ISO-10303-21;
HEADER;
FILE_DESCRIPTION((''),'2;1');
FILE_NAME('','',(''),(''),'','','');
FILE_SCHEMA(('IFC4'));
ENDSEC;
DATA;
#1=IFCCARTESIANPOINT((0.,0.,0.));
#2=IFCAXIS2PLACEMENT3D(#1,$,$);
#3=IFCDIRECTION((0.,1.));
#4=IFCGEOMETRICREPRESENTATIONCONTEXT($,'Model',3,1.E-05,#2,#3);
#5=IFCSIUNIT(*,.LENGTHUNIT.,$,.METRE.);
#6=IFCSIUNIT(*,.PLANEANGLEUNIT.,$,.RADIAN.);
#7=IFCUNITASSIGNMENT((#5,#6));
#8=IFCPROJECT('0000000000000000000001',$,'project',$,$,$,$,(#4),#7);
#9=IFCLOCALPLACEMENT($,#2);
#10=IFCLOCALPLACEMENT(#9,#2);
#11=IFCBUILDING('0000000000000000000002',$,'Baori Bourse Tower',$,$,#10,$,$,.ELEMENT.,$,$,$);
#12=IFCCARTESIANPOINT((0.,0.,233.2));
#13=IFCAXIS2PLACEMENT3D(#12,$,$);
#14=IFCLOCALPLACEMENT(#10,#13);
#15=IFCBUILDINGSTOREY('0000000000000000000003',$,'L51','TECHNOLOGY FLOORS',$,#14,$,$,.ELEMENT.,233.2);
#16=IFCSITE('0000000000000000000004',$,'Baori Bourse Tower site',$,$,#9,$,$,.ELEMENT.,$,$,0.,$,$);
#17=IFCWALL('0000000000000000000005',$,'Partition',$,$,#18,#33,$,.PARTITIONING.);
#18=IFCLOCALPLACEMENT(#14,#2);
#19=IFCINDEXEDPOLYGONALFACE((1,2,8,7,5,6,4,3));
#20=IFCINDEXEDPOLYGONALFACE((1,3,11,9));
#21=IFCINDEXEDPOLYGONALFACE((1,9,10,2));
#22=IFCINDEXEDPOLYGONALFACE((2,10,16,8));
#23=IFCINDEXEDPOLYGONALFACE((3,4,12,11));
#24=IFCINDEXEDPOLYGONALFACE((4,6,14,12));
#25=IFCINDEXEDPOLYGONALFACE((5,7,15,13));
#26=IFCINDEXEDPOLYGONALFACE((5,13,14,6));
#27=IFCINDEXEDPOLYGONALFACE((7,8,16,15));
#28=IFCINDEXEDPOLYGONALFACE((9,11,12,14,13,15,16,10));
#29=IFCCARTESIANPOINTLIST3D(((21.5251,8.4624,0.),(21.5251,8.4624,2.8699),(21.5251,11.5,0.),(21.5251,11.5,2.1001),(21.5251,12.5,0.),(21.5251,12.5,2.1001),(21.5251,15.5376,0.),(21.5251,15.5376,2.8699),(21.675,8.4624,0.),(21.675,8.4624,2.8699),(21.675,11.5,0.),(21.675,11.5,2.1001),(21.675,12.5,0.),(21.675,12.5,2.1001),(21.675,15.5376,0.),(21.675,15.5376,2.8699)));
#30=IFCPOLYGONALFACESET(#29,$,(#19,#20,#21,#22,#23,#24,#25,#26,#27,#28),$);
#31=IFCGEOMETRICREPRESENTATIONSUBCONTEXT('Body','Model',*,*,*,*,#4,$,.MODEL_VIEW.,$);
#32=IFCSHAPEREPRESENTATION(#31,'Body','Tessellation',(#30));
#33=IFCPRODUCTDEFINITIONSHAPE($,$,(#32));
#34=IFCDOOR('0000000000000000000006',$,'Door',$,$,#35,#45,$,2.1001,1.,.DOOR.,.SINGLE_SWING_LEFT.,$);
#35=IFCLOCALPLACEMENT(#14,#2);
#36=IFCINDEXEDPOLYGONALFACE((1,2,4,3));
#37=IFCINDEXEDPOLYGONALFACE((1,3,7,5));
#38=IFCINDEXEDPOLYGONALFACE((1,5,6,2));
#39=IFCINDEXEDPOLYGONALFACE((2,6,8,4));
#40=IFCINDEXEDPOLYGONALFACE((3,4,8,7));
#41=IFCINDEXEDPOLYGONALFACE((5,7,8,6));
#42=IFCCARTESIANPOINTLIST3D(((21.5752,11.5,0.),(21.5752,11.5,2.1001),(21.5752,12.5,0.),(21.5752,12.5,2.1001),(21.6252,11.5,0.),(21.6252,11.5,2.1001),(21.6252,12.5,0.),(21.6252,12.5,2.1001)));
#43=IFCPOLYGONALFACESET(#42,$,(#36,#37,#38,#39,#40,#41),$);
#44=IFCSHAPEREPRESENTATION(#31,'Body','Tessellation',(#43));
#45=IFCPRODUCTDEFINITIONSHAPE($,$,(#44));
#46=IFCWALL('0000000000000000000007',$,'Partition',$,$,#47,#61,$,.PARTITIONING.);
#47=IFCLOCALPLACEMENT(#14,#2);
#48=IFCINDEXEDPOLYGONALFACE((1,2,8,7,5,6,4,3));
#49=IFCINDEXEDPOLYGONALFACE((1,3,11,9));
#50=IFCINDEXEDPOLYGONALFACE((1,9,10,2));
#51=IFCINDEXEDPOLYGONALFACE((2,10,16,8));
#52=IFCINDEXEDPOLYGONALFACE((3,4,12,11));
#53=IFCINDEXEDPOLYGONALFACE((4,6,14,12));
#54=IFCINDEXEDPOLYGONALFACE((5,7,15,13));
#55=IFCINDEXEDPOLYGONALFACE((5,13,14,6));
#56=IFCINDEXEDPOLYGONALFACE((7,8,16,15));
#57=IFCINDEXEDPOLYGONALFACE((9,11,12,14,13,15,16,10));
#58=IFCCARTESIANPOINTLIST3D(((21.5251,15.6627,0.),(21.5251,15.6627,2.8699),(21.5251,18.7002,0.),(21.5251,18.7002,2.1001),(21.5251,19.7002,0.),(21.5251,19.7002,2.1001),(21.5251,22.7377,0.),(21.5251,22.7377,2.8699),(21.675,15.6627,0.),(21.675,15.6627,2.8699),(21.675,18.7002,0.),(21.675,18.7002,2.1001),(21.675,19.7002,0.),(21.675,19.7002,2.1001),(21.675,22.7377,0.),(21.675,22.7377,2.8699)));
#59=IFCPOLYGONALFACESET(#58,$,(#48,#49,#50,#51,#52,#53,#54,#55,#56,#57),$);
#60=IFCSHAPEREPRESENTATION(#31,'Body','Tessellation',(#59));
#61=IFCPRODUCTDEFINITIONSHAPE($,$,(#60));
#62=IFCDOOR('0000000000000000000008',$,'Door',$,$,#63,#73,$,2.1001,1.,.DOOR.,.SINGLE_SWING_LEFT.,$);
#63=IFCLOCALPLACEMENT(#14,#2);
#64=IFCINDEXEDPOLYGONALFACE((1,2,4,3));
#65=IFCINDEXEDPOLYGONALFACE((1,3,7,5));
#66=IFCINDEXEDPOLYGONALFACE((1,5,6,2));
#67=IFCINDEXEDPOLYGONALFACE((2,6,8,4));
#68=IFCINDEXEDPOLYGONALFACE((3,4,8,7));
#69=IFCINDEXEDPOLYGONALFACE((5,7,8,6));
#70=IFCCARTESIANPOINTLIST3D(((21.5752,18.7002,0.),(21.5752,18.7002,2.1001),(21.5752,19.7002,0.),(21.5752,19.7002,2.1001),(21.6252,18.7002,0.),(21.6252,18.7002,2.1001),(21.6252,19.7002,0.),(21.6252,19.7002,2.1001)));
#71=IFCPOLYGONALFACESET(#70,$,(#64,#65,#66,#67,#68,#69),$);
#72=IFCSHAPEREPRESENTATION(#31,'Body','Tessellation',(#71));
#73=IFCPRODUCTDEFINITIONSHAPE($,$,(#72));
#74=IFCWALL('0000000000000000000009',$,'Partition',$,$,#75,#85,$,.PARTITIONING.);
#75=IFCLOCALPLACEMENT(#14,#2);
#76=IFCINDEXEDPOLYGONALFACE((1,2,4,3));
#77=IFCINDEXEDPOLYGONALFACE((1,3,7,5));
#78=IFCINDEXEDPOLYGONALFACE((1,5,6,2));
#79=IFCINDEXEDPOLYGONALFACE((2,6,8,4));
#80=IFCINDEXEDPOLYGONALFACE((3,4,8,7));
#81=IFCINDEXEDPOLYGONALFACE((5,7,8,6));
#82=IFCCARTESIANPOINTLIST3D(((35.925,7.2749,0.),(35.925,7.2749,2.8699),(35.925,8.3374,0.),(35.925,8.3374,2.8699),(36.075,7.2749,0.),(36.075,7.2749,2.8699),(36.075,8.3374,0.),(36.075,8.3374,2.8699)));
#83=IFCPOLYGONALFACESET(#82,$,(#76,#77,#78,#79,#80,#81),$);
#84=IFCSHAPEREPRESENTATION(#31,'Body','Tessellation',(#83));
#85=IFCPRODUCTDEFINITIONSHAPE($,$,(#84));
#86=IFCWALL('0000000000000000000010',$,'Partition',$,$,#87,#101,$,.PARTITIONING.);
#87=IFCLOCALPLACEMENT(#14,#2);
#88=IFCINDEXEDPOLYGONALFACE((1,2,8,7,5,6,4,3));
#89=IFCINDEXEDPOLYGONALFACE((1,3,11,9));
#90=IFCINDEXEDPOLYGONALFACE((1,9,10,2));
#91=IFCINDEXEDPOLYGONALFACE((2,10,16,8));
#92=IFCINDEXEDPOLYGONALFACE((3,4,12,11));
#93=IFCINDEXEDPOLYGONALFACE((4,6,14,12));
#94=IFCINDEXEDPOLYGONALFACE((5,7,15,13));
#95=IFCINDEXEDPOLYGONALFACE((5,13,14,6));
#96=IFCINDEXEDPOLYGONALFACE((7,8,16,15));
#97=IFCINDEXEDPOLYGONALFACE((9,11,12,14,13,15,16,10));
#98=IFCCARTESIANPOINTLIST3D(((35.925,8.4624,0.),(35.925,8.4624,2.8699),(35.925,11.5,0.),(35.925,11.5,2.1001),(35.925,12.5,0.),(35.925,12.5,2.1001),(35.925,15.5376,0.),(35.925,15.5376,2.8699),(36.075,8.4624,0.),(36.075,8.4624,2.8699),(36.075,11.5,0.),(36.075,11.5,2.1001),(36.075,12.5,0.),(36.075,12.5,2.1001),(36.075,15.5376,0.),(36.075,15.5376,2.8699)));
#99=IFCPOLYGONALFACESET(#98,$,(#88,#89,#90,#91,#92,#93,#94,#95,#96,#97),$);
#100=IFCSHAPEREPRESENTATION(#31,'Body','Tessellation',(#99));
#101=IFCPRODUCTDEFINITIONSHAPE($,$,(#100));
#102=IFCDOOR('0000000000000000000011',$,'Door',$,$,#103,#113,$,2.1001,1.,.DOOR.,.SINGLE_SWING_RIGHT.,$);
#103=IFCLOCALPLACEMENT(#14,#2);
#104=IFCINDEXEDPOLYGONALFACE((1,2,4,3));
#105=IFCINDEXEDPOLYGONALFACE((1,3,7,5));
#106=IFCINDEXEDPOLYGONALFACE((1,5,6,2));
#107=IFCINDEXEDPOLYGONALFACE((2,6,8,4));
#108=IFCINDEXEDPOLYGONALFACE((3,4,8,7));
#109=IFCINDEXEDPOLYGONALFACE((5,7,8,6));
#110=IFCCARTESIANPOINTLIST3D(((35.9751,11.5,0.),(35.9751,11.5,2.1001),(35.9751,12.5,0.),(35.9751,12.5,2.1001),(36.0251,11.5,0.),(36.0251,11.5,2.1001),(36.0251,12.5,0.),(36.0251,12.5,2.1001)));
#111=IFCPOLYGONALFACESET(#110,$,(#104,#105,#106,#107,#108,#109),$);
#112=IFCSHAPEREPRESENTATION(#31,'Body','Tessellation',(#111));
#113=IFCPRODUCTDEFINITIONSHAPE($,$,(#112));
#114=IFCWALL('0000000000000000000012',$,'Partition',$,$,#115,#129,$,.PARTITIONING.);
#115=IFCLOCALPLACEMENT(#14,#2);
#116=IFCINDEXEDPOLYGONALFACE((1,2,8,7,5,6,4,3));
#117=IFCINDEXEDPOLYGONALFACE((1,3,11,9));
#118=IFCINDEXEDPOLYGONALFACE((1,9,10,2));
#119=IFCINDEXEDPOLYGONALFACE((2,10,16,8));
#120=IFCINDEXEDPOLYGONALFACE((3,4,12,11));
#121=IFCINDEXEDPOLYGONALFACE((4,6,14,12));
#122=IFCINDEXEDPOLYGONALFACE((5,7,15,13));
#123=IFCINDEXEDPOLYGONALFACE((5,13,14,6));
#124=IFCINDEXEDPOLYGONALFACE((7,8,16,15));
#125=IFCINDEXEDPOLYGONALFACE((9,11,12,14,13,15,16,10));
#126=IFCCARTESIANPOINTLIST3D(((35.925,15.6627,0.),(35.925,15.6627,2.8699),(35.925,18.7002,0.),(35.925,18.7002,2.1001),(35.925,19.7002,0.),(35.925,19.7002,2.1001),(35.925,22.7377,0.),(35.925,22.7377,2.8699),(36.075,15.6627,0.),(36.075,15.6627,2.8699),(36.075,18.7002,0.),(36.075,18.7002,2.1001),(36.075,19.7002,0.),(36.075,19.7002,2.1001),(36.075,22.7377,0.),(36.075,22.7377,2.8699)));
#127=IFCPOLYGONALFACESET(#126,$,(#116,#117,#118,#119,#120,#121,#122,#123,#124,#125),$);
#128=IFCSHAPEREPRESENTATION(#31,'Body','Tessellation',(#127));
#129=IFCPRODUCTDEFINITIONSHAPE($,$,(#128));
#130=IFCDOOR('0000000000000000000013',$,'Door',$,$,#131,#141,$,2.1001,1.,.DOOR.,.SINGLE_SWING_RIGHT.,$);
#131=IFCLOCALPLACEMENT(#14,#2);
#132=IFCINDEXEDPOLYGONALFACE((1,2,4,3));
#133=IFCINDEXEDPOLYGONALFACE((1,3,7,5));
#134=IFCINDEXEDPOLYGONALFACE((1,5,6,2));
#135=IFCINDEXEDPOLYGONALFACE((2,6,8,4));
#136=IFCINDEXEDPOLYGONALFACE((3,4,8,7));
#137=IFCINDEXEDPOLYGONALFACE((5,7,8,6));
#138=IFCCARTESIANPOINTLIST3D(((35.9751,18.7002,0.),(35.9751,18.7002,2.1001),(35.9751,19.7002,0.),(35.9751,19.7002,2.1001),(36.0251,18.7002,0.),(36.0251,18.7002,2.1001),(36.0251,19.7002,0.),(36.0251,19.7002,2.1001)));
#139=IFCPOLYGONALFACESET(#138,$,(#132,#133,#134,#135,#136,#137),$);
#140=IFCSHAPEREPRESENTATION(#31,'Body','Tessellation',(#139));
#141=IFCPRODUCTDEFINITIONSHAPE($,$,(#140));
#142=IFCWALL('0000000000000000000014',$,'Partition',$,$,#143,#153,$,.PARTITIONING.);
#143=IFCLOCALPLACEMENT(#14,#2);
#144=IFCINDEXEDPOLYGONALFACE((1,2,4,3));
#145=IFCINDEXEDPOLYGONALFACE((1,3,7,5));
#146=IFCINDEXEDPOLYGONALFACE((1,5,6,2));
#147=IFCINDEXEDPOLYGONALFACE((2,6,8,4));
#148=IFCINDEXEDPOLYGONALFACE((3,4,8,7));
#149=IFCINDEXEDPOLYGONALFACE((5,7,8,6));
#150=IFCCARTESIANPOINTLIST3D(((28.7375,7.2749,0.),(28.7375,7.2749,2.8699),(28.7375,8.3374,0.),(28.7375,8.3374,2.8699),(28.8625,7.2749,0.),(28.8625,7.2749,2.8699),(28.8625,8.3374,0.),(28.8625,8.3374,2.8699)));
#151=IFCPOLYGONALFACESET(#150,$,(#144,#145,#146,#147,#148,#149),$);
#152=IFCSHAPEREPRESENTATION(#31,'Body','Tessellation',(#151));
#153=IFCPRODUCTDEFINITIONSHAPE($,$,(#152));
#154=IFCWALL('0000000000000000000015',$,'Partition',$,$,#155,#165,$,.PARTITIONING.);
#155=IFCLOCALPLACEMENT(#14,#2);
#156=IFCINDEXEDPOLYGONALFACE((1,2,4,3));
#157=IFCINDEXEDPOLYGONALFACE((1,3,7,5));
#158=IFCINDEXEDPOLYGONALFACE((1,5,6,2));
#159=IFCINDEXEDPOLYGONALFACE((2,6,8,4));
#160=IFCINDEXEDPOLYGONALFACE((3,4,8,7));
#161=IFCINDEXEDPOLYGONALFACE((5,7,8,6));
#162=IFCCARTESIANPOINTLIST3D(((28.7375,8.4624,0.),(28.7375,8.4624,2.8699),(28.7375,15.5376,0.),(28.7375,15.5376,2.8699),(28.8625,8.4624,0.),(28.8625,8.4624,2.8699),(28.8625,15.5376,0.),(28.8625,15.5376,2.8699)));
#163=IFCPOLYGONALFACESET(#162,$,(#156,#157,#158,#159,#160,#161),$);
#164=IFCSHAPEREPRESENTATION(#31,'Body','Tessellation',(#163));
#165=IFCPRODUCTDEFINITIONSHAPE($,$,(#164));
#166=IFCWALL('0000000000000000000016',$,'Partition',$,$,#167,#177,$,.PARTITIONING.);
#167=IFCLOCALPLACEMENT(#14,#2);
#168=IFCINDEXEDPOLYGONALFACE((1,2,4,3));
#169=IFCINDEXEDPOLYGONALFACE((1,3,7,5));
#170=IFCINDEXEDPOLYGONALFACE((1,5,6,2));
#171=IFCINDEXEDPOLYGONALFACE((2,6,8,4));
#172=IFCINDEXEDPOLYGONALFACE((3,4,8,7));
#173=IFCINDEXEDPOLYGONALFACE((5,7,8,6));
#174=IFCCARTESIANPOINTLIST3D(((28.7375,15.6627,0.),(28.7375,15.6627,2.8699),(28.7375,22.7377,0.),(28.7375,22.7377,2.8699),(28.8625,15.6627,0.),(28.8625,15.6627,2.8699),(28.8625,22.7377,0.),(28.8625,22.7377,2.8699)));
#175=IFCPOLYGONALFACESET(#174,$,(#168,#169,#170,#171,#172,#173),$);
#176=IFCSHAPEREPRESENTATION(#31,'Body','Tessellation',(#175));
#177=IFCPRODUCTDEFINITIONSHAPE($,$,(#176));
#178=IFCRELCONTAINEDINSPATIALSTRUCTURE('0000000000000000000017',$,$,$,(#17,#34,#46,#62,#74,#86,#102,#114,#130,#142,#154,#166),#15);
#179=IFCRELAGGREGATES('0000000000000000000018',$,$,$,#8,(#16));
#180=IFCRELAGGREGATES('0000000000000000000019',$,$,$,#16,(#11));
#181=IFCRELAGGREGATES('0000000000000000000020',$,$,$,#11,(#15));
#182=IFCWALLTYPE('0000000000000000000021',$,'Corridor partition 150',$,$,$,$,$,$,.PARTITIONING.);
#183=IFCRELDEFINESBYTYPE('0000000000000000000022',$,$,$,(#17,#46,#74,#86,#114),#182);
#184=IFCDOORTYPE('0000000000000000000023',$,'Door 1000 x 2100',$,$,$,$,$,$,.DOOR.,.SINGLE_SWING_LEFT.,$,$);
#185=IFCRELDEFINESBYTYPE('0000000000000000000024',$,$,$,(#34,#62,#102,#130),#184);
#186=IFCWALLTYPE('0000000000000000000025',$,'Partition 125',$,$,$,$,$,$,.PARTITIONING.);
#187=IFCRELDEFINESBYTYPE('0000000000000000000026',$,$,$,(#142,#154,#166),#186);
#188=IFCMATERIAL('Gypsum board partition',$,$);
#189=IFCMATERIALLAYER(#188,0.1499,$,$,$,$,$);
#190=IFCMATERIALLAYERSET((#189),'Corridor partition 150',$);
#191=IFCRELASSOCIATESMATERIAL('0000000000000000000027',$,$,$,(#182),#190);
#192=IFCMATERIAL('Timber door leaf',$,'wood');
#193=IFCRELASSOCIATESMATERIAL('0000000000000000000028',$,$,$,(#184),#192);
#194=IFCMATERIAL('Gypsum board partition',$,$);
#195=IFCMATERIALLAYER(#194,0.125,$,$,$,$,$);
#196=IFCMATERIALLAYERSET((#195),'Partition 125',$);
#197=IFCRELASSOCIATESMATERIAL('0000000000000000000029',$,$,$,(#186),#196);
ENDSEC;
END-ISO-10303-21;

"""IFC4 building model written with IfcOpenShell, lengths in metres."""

from ifc_helpers import new_model, si_unit, direction, frame, frame_2d, origin, place, context, subcontext, project, spatial, rectangle, extrude, material, layer, layer_set, type_object, element, fill, save


model = new_model("IFC4")

# Units and contexts
model_context = context("Model", 3, precision=1e-05, world=origin(), true_north=direction((0.0, 1.0)))
body_context = subcontext(model_context, "Body", "Model", "MODEL_VIEW")
ifc_project = project(units=[si_unit("LENGTHUNIT", "METRE"), si_unit("PLANEANGLEUNIT", "RADIAN")], contexts=[model_context])

# Site, building, storey
site_placement = place(None, origin())
site = spatial("IfcSite", under=ifc_project, at=site_placement, Name="Baori Bourse Tower site", CompositionType="ELEMENT", RefElevation=0.0)
building_placement = place(site_placement, origin())
building = spatial("IfcBuilding", under=site, at=building_placement, Name="Baori Bourse Tower", CompositionType="ELEMENT")
storey_placement = place(building_placement, frame((0.0, 0.0, 233.2)))
storey = spatial("IfcBuildingStorey", under=building, at=storey_placement, Name="L51", Description="TECHNOLOGY FLOORS", CompositionType="ELEMENT", Elevation=233.2)

# Shared definitions
ifc_material_1 = material(Name="Gypsum board partition")
ifc_layer_1 = layer(ifc_material_1, 0.1499)
ifc_layer_set_1 = layer_set([ifc_layer_1], Name="Corridor partition 150")
wall_type_1 = type_object("IfcWallType", Name="Corridor partition 150", PredefinedType="PARTITIONING", material=ifc_layer_set_1)
ifc_material_2 = material(Name="Timber door leaf", Category="wood")
door_type = type_object("IfcDoorType", Name="Door 1000 x 2100", OperationType="SINGLE_SWING_LEFT", PredefinedType="DOOR", material=ifc_material_2)

# Walls, openings, doors
wall_1_placement = place(storey_placement, frame((21.6001, 8.4624, 0.0), z_axis=(0.0, 0.0, 1.0), x_axis=(0.0, 1.0, 0.0)))
wall_1 = element("IfcWall", 1, at=wall_1_placement, inside=storey, type_object=wall_type_1, Name="Partition", PredefinedType="PARTITIONING", context=body_context, shape_type="SweptSolid", body=[
    extrude(rectangle(XDim=7.0752, YDim=0.1499, at=frame_2d((3.5376, 0.0))), origin(), (0.0, 0.0, 1.0), 2.8699),
])
opening_1_placement = place(wall_1_placement, frame((3.0376, 0.0, 0.0)))
opening_1 = element("IfcOpeningElement", 2, at=opening_1_placement, cuts=wall_1, PredefinedType="OPENING", context=body_context, shape_type="SweptSolid", body=[
    extrude(rectangle(XDim=1.0, YDim=2.1001, at=frame_2d((0.5, 1.05))), frame((0.0, 0.085, 0.0), z_axis=(0.0, -1.0, 0.0), x_axis=(1.0, 0.0, 0.0)), (0.0, 0.0, 1.0), 0.1699),
])
door_1_placement = place(opening_1_placement, origin())
door_1 = element("IfcDoor", 3, at=door_1_placement, inside=storey, type_object=door_type, Name="Door", OperationType="SINGLE_SWING_LEFT", OverallHeight=2.1001, OverallWidth=1.0, PredefinedType="DOOR", context=body_context, shape_type="SweptSolid", body=[
    extrude(rectangle(XDim=1.0, YDim=2.1001, at=frame_2d((0.5, 1.05))), frame((0.0, 0.0249, 0.0), z_axis=(0.0, -1.0, 0.0), x_axis=(1.0, 0.0, 0.0)), (0.0, 0.0, 1.0), 0.05),
])
fill(opening_1, door_1)
wall_2_placement = place(storey_placement, frame((21.6001, 15.6626, 0.0), z_axis=(0.0, 0.0, 1.0), x_axis=(0.0, 1.0, 0.0)))
wall_2 = element("IfcWall", 4, at=wall_2_placement, inside=storey, type_object=wall_type_1, Name="Partition", PredefinedType="PARTITIONING", context=body_context, shape_type="SweptSolid", body=[
    extrude(rectangle(XDim=7.075, YDim=0.1499, at=frame_2d((3.5376, 0.0))), origin(), (0.0, 0.0, 1.0), 2.8699),
])
opening_2_placement = place(wall_2_placement, frame((3.0376, 0.0, 0.0)))
opening_2 = element("IfcOpeningElement", 5, at=opening_2_placement, cuts=wall_2, PredefinedType="OPENING", context=body_context, shape_type="SweptSolid", body=[
    extrude(rectangle(XDim=1.0, YDim=2.1001, at=frame_2d((0.5, 1.05))), frame((0.0, 0.085, 0.0), z_axis=(0.0, -1.0, 0.0), x_axis=(1.0, 0.0, 0.0)), (0.0, 0.0, 1.0), 0.1699),
])
door_2_placement = place(opening_2_placement, origin())
door_2 = element("IfcDoor", 6, at=door_2_placement, inside=storey, type_object=door_type, Name="Door", OperationType="SINGLE_SWING_LEFT", OverallHeight=2.1001, OverallWidth=1.0, PredefinedType="DOOR", context=body_context, shape_type="SweptSolid", body=[
    extrude(rectangle(XDim=1.0, YDim=2.1001, at=frame_2d((0.5, 1.05))), frame((0.0, 0.0249, 0.0), z_axis=(0.0, -1.0, 0.0), x_axis=(1.0, 0.0, 0.0)), (0.0, 0.0, 1.0), 0.05),
])
fill(opening_2, door_2)

# Wall
wall_3_placement = place(storey_placement, frame((36.0, 7.2749, 0.0), z_axis=(0.0, 0.0, 1.0), x_axis=(0.0, 1.0, 0.0)))
element("IfcWall", 7, at=wall_3_placement, inside=storey, type_object=wall_type_1, Name="Partition", PredefinedType="PARTITIONING", context=body_context, shape_type="SweptSolid", body=[
    extrude(rectangle(XDim=1.0625, YDim=0.1499, at=frame_2d((0.5312, 0.0))), origin(), (0.0, 0.0, 1.0), 2.8699),
])

# Walls, openings, doors
wall_4_placement = place(storey_placement, frame((36.0, 8.4624, 0.0), z_axis=(0.0, 0.0, 1.0), x_axis=(0.0, 1.0, 0.0)))
wall_4 = element("IfcWall", 8, at=wall_4_placement, inside=storey, type_object=wall_type_1, Name="Partition", PredefinedType="PARTITIONING", context=body_context, shape_type="SweptSolid", body=[
    extrude(rectangle(XDim=7.0752, YDim=0.1499, at=frame_2d((3.5376, 0.0))), origin(), (0.0, 0.0, 1.0), 2.8699),
])
opening_3_placement = place(wall_4_placement, frame((3.0376, 0.0, 0.0)))
opening_3 = element("IfcOpeningElement", 9, at=opening_3_placement, cuts=wall_4, PredefinedType="OPENING", context=body_context, shape_type="SweptSolid", body=[
    extrude(rectangle(XDim=1.0, YDim=2.1001, at=frame_2d((0.5, 1.05))), frame((0.0, 0.085, 0.0), z_axis=(0.0, -1.0, 0.0), x_axis=(1.0, 0.0, 0.0)), (0.0, 0.0, 1.0), 0.1699),
])
door_3_placement = place(opening_3_placement, origin())
door_3 = element("IfcDoor", 10, at=door_3_placement, inside=storey, type_object=door_type, Name="Door", OperationType="SINGLE_SWING_RIGHT", OverallHeight=2.1001, OverallWidth=1.0, PredefinedType="DOOR", context=body_context, shape_type="SweptSolid", body=[
    extrude(rectangle(XDim=1.0, YDim=2.1001, at=frame_2d((0.5, 1.05))), frame((0.0, 0.0249, 0.0), z_axis=(0.0, -1.0, 0.0), x_axis=(1.0, 0.0, 0.0)), (0.0, 0.0, 1.0), 0.05),
])
fill(opening_3, door_3)
wall_5_placement = place(storey_placement, frame((36.0, 15.6626, 0.0), z_axis=(0.0, 0.0, 1.0), x_axis=(0.0, 1.0, 0.0)))
wall_5 = element("IfcWall", 11, at=wall_5_placement, inside=storey, type_object=wall_type_1, Name="Partition", PredefinedType="PARTITIONING", context=body_context, shape_type="SweptSolid", body=[
    extrude(rectangle(XDim=7.075, YDim=0.1499, at=frame_2d((3.5376, 0.0))), origin(), (0.0, 0.0, 1.0), 2.8699),
])
opening_4_placement = place(wall_5_placement, frame((3.0376, 0.0, 0.0)))
opening_4 = element("IfcOpeningElement", 12, at=opening_4_placement, cuts=wall_5, PredefinedType="OPENING", context=body_context, shape_type="SweptSolid", body=[
    extrude(rectangle(XDim=1.0, YDim=2.1001, at=frame_2d((0.5, 1.05))), frame((0.0, 0.085, 0.0), z_axis=(0.0, -1.0, 0.0), x_axis=(1.0, 0.0, 0.0)), (0.0, 0.0, 1.0), 0.1699),
])
door_4_placement = place(opening_4_placement, origin())
door_4 = element("IfcDoor", 13, at=door_4_placement, inside=storey, type_object=door_type, Name="Door", OperationType="SINGLE_SWING_RIGHT", OverallHeight=2.1001, OverallWidth=1.0, PredefinedType="DOOR", context=body_context, shape_type="SweptSolid", body=[
    extrude(rectangle(XDim=1.0, YDim=2.1001, at=frame_2d((0.5, 1.05))), frame((0.0, 0.0249, 0.0), z_axis=(0.0, -1.0, 0.0), x_axis=(1.0, 0.0, 0.0)), (0.0, 0.0, 1.0), 0.05),
])
fill(opening_4, door_4)

# Walls
ifc_material_3 = material(Name="Gypsum board partition")
ifc_layer_2 = layer(ifc_material_3, 0.125)
ifc_layer_set_2 = layer_set([ifc_layer_2], Name="Partition 125")
wall_type_2 = type_object("IfcWallType", Name="Partition 125", PredefinedType="PARTITIONING", material=ifc_layer_set_2)
wall_6_placement = place(storey_placement, frame((28.8, 7.2749, 0.0), z_axis=(0.0, 0.0, 1.0), x_axis=(0.0, 1.0, 0.0)))
element("IfcWall", 14, at=wall_6_placement, inside=storey, type_object=wall_type_2, Name="Partition", PredefinedType="PARTITIONING", context=body_context, shape_type="SweptSolid", body=[
    extrude(rectangle(XDim=1.0625, YDim=0.125, at=frame_2d((0.5312, 0.0))), origin(), (0.0, 0.0, 1.0), 2.8699),
])
wall_7_placement = place(storey_placement, frame((28.8, 8.4624, 0.0), z_axis=(0.0, 0.0, 1.0), x_axis=(0.0, 1.0, 0.0)))
element("IfcWall", 15, at=wall_7_placement, inside=storey, type_object=wall_type_2, Name="Partition", PredefinedType="PARTITIONING", context=body_context, shape_type="SweptSolid", body=[
    extrude(rectangle(XDim=7.0752, YDim=0.125, at=frame_2d((3.5376, 0.0))), origin(), (0.0, 0.0, 1.0), 2.8699),
])
wall_8_placement = place(storey_placement, frame((28.8, 15.6626, 0.0), z_axis=(0.0, 0.0, 1.0), x_axis=(0.0, 1.0, 0.0)))
element("IfcWall", 16, at=wall_8_placement, inside=storey, type_object=wall_type_2, Name="Partition", PredefinedType="PARTITIONING", context=body_context, shape_type="SweptSolid", body=[
    extrude(rectangle(XDim=7.075, YDim=0.125, at=frame_2d((3.5376, 0.0))), origin(), (0.0, 0.0, 1.0), 2.8699),
])

save(model, "model.ifc")
